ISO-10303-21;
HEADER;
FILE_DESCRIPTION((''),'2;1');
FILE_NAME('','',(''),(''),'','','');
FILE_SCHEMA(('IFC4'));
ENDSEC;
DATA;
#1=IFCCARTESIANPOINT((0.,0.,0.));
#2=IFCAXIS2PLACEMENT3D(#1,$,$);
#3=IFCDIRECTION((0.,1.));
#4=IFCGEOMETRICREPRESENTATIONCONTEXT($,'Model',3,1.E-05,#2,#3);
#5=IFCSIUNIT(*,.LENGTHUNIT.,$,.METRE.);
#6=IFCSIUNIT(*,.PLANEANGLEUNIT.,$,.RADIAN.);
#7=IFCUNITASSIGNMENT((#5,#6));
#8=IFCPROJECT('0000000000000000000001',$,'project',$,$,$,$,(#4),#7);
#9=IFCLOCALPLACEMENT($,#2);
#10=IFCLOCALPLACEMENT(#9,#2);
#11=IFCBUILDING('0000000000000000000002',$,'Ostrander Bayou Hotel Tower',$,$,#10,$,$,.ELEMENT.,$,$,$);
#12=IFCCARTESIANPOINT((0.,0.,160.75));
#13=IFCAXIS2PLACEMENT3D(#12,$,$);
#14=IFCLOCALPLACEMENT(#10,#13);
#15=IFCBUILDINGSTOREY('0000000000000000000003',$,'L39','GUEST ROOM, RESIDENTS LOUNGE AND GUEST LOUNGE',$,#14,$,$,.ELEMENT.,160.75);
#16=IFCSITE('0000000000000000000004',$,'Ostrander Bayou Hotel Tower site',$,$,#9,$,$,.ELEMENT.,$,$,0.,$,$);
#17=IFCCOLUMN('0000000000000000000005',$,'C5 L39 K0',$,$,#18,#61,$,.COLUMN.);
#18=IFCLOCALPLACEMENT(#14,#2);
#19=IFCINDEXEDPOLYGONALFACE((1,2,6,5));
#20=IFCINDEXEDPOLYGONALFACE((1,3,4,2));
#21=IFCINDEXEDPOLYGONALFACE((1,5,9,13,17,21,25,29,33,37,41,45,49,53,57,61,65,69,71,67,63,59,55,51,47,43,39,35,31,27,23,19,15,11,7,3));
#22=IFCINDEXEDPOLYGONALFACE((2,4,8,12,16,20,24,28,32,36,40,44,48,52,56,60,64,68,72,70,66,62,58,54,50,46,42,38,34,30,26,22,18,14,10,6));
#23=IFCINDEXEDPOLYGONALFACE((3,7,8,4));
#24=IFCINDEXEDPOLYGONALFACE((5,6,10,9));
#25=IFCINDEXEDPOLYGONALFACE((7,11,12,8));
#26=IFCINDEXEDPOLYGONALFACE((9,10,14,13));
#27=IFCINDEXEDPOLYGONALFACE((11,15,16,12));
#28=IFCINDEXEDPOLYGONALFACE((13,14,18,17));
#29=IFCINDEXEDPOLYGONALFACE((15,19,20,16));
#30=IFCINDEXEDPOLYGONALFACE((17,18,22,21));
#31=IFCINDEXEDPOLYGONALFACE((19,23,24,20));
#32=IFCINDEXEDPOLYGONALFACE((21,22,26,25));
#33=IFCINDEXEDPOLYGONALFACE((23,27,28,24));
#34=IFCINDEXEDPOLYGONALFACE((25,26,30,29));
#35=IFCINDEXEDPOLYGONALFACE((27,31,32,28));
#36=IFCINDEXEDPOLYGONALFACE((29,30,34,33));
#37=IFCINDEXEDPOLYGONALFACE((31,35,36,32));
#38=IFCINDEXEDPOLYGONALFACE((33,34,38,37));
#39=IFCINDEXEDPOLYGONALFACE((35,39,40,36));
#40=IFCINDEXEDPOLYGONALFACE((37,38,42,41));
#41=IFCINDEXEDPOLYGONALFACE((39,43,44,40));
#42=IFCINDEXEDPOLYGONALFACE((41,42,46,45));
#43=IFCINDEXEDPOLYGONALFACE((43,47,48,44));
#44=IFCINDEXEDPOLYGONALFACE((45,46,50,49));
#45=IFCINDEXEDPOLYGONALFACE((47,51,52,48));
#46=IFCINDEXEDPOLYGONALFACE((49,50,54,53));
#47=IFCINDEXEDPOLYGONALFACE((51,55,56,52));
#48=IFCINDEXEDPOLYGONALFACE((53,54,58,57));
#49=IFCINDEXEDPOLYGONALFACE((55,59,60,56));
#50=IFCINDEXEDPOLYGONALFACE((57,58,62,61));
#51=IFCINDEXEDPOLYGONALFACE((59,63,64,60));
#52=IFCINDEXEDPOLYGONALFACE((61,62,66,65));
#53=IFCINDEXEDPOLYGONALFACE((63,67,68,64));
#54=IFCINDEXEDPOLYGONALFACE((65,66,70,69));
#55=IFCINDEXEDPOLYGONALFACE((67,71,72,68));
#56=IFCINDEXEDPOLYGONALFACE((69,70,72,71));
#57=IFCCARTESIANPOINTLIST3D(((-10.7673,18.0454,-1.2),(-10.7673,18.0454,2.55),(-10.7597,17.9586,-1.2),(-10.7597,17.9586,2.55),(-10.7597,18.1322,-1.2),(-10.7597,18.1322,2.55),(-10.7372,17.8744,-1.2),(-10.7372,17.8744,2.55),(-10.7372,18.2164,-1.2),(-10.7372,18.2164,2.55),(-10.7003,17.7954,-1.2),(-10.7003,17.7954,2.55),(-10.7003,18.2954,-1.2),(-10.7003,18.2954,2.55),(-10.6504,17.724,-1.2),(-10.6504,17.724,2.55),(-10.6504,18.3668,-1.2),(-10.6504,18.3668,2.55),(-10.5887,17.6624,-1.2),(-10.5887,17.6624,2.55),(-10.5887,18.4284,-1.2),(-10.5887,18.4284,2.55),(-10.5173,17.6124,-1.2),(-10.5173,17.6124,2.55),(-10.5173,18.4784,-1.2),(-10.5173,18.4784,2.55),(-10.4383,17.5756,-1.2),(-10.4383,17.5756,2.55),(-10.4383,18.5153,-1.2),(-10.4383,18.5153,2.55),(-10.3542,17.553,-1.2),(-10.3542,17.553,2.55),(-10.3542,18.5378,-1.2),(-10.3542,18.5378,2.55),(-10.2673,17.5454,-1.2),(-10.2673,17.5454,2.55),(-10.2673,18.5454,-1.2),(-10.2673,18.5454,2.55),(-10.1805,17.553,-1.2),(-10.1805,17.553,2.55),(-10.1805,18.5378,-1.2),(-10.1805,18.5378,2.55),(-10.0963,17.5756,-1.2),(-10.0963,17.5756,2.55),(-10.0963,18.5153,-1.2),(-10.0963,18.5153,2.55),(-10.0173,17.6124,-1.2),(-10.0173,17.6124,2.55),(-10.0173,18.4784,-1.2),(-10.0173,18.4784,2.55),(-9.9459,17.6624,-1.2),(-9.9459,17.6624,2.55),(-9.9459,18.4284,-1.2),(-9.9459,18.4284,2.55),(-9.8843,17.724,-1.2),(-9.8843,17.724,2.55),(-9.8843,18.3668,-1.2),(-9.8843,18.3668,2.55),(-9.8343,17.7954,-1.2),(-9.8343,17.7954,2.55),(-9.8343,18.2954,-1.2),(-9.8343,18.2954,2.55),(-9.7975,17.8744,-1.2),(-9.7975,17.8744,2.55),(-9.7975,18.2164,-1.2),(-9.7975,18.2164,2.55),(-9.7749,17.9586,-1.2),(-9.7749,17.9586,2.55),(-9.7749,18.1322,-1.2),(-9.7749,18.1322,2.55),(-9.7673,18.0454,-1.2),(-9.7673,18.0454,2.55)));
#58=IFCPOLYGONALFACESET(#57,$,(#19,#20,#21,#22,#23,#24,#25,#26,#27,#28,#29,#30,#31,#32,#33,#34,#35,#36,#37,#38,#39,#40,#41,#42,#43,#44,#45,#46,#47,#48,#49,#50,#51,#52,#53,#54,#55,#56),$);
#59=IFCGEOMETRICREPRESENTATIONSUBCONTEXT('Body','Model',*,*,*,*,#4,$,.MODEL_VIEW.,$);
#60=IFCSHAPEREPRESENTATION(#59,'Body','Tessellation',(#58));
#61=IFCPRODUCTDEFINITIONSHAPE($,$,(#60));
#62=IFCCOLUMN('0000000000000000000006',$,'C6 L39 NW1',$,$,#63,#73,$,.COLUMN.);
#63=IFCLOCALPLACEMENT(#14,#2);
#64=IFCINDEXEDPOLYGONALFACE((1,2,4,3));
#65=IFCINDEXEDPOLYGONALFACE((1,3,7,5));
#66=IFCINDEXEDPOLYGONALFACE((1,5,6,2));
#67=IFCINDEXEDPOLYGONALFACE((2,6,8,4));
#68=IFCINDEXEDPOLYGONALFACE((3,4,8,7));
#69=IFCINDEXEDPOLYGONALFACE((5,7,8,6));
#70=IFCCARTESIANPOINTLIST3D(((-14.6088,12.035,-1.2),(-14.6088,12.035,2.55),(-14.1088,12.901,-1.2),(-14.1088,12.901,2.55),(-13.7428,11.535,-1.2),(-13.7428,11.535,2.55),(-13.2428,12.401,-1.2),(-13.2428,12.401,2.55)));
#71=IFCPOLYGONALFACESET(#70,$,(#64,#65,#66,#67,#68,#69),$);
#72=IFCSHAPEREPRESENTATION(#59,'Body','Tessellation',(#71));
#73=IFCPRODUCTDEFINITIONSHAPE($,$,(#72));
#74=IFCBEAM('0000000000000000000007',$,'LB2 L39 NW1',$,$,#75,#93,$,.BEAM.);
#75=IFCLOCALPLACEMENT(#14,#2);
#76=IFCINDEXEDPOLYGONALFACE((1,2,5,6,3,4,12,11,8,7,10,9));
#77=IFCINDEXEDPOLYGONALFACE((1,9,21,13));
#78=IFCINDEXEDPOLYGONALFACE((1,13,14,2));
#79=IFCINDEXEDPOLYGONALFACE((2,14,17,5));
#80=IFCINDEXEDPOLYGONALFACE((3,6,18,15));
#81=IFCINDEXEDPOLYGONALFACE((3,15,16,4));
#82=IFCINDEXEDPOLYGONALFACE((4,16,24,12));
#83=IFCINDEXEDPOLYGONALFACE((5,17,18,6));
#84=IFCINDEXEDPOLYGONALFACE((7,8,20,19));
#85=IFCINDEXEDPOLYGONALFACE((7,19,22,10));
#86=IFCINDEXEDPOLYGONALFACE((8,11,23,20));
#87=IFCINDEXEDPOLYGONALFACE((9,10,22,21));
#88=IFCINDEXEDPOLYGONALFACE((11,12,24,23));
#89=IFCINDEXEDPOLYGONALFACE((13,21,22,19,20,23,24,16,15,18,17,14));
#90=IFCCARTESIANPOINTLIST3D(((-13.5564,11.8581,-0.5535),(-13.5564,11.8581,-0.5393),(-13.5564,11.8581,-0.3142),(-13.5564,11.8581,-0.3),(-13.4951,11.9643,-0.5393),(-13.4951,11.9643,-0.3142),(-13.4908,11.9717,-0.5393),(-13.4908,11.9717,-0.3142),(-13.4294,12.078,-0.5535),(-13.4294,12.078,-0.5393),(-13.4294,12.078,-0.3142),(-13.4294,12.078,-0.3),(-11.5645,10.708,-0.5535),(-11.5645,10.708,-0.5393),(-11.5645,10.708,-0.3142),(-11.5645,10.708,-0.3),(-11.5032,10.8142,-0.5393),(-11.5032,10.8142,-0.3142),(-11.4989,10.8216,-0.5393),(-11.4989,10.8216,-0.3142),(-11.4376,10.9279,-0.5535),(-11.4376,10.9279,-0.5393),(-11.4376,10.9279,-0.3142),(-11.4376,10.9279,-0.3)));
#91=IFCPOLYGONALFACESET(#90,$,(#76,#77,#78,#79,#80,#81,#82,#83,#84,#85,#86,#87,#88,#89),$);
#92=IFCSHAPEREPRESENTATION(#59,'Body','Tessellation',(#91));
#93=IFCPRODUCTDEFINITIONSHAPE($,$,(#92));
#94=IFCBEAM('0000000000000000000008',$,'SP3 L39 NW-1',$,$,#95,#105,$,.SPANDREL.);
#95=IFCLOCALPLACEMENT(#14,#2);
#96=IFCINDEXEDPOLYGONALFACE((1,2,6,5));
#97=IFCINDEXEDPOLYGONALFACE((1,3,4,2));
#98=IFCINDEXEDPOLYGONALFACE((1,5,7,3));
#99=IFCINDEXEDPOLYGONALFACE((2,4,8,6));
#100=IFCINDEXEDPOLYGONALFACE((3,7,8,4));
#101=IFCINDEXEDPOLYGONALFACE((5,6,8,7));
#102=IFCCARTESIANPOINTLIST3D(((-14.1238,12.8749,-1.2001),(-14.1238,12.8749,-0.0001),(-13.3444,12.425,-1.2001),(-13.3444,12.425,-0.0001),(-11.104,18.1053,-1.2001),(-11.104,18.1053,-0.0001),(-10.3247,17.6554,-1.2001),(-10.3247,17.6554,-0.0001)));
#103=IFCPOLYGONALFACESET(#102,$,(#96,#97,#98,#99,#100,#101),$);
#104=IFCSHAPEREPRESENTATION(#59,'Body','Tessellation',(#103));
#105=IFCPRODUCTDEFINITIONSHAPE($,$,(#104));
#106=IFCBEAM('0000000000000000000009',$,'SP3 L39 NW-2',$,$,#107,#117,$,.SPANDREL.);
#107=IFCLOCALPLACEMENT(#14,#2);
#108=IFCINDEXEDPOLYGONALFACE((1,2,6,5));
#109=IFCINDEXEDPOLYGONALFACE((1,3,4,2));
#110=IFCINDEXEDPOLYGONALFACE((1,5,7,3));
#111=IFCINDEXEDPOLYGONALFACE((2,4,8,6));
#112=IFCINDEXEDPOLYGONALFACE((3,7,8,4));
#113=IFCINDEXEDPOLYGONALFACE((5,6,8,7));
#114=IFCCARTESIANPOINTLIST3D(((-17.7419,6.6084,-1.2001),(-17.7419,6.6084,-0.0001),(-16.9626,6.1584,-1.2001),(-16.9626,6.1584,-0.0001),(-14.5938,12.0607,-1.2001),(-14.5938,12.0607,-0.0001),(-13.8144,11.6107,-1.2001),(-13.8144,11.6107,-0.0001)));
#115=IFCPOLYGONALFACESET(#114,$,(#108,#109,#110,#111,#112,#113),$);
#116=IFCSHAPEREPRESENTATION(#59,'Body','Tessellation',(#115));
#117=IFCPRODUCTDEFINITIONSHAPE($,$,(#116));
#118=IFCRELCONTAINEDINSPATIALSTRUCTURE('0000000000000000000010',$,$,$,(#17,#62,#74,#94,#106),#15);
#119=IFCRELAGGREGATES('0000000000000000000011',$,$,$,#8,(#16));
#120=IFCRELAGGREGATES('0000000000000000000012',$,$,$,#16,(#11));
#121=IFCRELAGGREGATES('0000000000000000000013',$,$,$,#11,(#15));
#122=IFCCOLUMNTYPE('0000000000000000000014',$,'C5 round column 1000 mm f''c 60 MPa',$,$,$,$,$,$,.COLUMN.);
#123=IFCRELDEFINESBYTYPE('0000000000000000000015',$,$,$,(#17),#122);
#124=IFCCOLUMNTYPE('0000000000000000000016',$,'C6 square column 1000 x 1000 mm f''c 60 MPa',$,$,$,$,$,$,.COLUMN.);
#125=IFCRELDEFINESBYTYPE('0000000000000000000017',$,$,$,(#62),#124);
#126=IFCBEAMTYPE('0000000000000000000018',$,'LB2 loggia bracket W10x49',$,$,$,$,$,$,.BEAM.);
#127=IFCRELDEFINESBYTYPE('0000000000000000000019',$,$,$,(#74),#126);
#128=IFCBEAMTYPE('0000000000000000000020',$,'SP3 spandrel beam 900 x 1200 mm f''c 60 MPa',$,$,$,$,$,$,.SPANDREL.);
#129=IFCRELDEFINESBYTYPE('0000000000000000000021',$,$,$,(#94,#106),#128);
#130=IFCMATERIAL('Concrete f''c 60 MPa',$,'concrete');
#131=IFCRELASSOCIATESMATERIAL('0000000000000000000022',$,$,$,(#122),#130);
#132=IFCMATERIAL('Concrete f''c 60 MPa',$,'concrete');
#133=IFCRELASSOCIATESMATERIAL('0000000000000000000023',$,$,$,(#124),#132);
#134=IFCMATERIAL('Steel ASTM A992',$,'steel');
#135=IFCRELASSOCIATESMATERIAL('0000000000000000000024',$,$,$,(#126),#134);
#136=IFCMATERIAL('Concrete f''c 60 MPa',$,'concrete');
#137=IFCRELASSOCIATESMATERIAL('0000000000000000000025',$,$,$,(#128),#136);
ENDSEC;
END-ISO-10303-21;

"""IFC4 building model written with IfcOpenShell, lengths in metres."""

from ifc_helpers import new_model, si_unit, direction, frame, origin, origin_2d, place, context, subcontext, project, spatial, rectangle, circle, i_section, extrude, material, material_profile, profile_set, type_object, element, save


model = new_model("IFC4")

# Units and contexts
model_context = context("Model", 3, precision=1e-05, world=origin(), true_north=direction((0.0, 1.0)))
body_context = subcontext(model_context, "Body", "Model", "MODEL_VIEW")
ifc_project = project(units=[si_unit("LENGTHUNIT", "METRE"), si_unit("PLANEANGLEUNIT", "RADIAN")], contexts=[model_context])

# Site, building, storey
site_placement = place(None, origin())
site = spatial("IfcSite", under=ifc_project, at=site_placement, Name="Ostrander Bayou Hotel Tower site", CompositionType="ELEMENT", RefElevation=0.0)
building_placement = place(site_placement, origin())
building = spatial("IfcBuilding", under=site, at=building_placement, Name="Ostrander Bayou Hotel Tower", CompositionType="ELEMENT")
storey_placement = place(building_placement, frame((0.0, 0.0, 160.75)))
storey = spatial("IfcBuildingStorey", under=building, at=storey_placement, Name="L39", Description="GUEST ROOM, RESIDENTS LOUNGE AND GUEST LOUNGE", CompositionType="ELEMENT", Elevation=160.75)

# Columns
ifc_material_1 = material(Name="Concrete f'c 60 MPa", Category="concrete")
ifc_material_profile_1 = material_profile(ifc_material_1, circle(Radius=0.5, at=origin_2d()))
ifc_profile_set_1 = profile_set([ifc_material_profile_1], Name="Concrete f'c 60 MPa")
column_type_1 = type_object("IfcColumnType", Name="C5 round column 1000 mm f'c 60 MPa", PredefinedType="COLUMN", material=ifc_profile_set_1)
column_1_placement = place(storey_placement, frame((-10.2673, 18.0454, -1.2), z_axis=(0.0, 0.0, 1.0), x_axis=(1.0, 0.0, 0.0)))
element("IfcColumn", 1, at=column_1_placement, inside=storey, type_object=column_type_1, Name="C5 L39 K0", PredefinedType="COLUMN", context=body_context, shape_type="SweptSolid", body=[
    extrude(circle(Radius=0.5, at=origin_2d()), origin(), (0.0, 0.0, 1.0), 3.75),
])
ifc_material_2 = material(Name="Concrete f'c 60 MPa", Category="concrete")
ifc_material_profile_2 = material_profile(ifc_material_2, rectangle(XDim=1.0, YDim=1.0, at=origin_2d()))
ifc_profile_set_2 = profile_set([ifc_material_profile_2], Name="Concrete f'c 60 MPa")
column_type_2 = type_object("IfcColumnType", Name="C6 square column 1000 x 1000 mm f'c 60 MPa", PredefinedType="COLUMN", material=ifc_profile_set_2)
column_2_placement = place(storey_placement, frame((-13.9258, 12.218, -1.2), z_axis=(0.0, 0.0, 1.0), x_axis=(0.5, 0.866025, 0.0)))
element("IfcColumn", 2, at=column_2_placement, inside=storey, type_object=column_type_2, Name="C6 L39 NW1", PredefinedType="COLUMN", context=body_context, shape_type="SweptSolid", body=[
    extrude(rectangle(XDim=1.0, YDim=1.0, at=origin_2d()), origin(), (0.0, 0.0, 1.0), 3.75),
])

# Beams
ifc_material_3 = material(Name="Steel ASTM A992", Category="steel")
ifc_material_profile_3 = material_profile(ifc_material_3, i_section(OverallWidth=0.2539, OverallDepth=0.2534, WebThickness=0.0085, FlangeThickness=0.0142, at=origin_2d()))
ifc_profile_set_3 = profile_set([ifc_material_profile_3], Name="Steel ASTM A992")
beam_type_1 = type_object("IfcBeamType", Name="LB2 loggia bracket W10x49", PredefinedType="BEAM", material=ifc_profile_set_3)
beam_1_placement = place(storey_placement, frame((-13.4929, 11.968, -0.4268), z_axis=(0.866007, -0.500032, 0.0), x_axis=(0.500032, 0.866007, 0.0)))
element("IfcBeam", 3, at=beam_1_placement, inside=storey, type_object=beam_type_1, Name="LB2 L39 NW1", PredefinedType="BEAM", context=body_context, shape_type="SweptSolid", body=[
    extrude(i_section(OverallWidth=0.2539, OverallDepth=0.2534, WebThickness=0.0085, FlangeThickness=0.0142, at=origin_2d()), origin(), (0.0, 0.0, 1.0), 2.3),
])
ifc_material_4 = material(Name="Concrete f'c 60 MPa", Category="concrete")
ifc_material_profile_4 = material_profile(ifc_material_4, rectangle(XDim=0.8999, YDim=1.2, at=origin_2d()))
ifc_profile_set_4 = profile_set([ifc_material_profile_4], Name="Concrete f'c 60 MPa")
beam_type_2 = type_object("IfcBeamType", Name="SP3 spandrel beam 900 x 1200 mm f'c 60 MPa", PredefinedType="SPANDREL", material=ifc_profile_set_4)
beam_2_placement = place(storey_placement, frame((-10.7144, 17.8804, -0.6001), z_axis=(-0.499995, -0.866028, 0.0), x_axis=(0.866028, -0.499995, 0.0)))
element("IfcBeam", 4, at=beam_2_placement, inside=storey, type_object=beam_type_2, Name="SP3 L39 NW-1", PredefinedType="SPANDREL", context=body_context, shape_type="SweptSolid", body=[
    extrude(rectangle(XDim=0.8999, YDim=1.2, at=origin_2d()), origin(), (0.0, 0.0, 1.0), 6.0396),
])
beam_3_placement = place(storey_placement, frame((-14.2041, 11.8357, -0.6001), z_axis=(-0.50003, -0.866008, 0.0), x_axis=(0.866008, -0.50003, 0.0)))
element("IfcBeam", 5, at=beam_3_placement, inside=storey, type_object=beam_type_2, Name="SP3 L39 NW-2", PredefinedType="SPANDREL", context=body_context, shape_type="SweptSolid", body=[
    extrude(rectangle(XDim=0.8999, YDim=1.2, at=origin_2d()), origin(), (0.0, 0.0, 1.0), 6.2959),
])

save(model, "model.ifc")
